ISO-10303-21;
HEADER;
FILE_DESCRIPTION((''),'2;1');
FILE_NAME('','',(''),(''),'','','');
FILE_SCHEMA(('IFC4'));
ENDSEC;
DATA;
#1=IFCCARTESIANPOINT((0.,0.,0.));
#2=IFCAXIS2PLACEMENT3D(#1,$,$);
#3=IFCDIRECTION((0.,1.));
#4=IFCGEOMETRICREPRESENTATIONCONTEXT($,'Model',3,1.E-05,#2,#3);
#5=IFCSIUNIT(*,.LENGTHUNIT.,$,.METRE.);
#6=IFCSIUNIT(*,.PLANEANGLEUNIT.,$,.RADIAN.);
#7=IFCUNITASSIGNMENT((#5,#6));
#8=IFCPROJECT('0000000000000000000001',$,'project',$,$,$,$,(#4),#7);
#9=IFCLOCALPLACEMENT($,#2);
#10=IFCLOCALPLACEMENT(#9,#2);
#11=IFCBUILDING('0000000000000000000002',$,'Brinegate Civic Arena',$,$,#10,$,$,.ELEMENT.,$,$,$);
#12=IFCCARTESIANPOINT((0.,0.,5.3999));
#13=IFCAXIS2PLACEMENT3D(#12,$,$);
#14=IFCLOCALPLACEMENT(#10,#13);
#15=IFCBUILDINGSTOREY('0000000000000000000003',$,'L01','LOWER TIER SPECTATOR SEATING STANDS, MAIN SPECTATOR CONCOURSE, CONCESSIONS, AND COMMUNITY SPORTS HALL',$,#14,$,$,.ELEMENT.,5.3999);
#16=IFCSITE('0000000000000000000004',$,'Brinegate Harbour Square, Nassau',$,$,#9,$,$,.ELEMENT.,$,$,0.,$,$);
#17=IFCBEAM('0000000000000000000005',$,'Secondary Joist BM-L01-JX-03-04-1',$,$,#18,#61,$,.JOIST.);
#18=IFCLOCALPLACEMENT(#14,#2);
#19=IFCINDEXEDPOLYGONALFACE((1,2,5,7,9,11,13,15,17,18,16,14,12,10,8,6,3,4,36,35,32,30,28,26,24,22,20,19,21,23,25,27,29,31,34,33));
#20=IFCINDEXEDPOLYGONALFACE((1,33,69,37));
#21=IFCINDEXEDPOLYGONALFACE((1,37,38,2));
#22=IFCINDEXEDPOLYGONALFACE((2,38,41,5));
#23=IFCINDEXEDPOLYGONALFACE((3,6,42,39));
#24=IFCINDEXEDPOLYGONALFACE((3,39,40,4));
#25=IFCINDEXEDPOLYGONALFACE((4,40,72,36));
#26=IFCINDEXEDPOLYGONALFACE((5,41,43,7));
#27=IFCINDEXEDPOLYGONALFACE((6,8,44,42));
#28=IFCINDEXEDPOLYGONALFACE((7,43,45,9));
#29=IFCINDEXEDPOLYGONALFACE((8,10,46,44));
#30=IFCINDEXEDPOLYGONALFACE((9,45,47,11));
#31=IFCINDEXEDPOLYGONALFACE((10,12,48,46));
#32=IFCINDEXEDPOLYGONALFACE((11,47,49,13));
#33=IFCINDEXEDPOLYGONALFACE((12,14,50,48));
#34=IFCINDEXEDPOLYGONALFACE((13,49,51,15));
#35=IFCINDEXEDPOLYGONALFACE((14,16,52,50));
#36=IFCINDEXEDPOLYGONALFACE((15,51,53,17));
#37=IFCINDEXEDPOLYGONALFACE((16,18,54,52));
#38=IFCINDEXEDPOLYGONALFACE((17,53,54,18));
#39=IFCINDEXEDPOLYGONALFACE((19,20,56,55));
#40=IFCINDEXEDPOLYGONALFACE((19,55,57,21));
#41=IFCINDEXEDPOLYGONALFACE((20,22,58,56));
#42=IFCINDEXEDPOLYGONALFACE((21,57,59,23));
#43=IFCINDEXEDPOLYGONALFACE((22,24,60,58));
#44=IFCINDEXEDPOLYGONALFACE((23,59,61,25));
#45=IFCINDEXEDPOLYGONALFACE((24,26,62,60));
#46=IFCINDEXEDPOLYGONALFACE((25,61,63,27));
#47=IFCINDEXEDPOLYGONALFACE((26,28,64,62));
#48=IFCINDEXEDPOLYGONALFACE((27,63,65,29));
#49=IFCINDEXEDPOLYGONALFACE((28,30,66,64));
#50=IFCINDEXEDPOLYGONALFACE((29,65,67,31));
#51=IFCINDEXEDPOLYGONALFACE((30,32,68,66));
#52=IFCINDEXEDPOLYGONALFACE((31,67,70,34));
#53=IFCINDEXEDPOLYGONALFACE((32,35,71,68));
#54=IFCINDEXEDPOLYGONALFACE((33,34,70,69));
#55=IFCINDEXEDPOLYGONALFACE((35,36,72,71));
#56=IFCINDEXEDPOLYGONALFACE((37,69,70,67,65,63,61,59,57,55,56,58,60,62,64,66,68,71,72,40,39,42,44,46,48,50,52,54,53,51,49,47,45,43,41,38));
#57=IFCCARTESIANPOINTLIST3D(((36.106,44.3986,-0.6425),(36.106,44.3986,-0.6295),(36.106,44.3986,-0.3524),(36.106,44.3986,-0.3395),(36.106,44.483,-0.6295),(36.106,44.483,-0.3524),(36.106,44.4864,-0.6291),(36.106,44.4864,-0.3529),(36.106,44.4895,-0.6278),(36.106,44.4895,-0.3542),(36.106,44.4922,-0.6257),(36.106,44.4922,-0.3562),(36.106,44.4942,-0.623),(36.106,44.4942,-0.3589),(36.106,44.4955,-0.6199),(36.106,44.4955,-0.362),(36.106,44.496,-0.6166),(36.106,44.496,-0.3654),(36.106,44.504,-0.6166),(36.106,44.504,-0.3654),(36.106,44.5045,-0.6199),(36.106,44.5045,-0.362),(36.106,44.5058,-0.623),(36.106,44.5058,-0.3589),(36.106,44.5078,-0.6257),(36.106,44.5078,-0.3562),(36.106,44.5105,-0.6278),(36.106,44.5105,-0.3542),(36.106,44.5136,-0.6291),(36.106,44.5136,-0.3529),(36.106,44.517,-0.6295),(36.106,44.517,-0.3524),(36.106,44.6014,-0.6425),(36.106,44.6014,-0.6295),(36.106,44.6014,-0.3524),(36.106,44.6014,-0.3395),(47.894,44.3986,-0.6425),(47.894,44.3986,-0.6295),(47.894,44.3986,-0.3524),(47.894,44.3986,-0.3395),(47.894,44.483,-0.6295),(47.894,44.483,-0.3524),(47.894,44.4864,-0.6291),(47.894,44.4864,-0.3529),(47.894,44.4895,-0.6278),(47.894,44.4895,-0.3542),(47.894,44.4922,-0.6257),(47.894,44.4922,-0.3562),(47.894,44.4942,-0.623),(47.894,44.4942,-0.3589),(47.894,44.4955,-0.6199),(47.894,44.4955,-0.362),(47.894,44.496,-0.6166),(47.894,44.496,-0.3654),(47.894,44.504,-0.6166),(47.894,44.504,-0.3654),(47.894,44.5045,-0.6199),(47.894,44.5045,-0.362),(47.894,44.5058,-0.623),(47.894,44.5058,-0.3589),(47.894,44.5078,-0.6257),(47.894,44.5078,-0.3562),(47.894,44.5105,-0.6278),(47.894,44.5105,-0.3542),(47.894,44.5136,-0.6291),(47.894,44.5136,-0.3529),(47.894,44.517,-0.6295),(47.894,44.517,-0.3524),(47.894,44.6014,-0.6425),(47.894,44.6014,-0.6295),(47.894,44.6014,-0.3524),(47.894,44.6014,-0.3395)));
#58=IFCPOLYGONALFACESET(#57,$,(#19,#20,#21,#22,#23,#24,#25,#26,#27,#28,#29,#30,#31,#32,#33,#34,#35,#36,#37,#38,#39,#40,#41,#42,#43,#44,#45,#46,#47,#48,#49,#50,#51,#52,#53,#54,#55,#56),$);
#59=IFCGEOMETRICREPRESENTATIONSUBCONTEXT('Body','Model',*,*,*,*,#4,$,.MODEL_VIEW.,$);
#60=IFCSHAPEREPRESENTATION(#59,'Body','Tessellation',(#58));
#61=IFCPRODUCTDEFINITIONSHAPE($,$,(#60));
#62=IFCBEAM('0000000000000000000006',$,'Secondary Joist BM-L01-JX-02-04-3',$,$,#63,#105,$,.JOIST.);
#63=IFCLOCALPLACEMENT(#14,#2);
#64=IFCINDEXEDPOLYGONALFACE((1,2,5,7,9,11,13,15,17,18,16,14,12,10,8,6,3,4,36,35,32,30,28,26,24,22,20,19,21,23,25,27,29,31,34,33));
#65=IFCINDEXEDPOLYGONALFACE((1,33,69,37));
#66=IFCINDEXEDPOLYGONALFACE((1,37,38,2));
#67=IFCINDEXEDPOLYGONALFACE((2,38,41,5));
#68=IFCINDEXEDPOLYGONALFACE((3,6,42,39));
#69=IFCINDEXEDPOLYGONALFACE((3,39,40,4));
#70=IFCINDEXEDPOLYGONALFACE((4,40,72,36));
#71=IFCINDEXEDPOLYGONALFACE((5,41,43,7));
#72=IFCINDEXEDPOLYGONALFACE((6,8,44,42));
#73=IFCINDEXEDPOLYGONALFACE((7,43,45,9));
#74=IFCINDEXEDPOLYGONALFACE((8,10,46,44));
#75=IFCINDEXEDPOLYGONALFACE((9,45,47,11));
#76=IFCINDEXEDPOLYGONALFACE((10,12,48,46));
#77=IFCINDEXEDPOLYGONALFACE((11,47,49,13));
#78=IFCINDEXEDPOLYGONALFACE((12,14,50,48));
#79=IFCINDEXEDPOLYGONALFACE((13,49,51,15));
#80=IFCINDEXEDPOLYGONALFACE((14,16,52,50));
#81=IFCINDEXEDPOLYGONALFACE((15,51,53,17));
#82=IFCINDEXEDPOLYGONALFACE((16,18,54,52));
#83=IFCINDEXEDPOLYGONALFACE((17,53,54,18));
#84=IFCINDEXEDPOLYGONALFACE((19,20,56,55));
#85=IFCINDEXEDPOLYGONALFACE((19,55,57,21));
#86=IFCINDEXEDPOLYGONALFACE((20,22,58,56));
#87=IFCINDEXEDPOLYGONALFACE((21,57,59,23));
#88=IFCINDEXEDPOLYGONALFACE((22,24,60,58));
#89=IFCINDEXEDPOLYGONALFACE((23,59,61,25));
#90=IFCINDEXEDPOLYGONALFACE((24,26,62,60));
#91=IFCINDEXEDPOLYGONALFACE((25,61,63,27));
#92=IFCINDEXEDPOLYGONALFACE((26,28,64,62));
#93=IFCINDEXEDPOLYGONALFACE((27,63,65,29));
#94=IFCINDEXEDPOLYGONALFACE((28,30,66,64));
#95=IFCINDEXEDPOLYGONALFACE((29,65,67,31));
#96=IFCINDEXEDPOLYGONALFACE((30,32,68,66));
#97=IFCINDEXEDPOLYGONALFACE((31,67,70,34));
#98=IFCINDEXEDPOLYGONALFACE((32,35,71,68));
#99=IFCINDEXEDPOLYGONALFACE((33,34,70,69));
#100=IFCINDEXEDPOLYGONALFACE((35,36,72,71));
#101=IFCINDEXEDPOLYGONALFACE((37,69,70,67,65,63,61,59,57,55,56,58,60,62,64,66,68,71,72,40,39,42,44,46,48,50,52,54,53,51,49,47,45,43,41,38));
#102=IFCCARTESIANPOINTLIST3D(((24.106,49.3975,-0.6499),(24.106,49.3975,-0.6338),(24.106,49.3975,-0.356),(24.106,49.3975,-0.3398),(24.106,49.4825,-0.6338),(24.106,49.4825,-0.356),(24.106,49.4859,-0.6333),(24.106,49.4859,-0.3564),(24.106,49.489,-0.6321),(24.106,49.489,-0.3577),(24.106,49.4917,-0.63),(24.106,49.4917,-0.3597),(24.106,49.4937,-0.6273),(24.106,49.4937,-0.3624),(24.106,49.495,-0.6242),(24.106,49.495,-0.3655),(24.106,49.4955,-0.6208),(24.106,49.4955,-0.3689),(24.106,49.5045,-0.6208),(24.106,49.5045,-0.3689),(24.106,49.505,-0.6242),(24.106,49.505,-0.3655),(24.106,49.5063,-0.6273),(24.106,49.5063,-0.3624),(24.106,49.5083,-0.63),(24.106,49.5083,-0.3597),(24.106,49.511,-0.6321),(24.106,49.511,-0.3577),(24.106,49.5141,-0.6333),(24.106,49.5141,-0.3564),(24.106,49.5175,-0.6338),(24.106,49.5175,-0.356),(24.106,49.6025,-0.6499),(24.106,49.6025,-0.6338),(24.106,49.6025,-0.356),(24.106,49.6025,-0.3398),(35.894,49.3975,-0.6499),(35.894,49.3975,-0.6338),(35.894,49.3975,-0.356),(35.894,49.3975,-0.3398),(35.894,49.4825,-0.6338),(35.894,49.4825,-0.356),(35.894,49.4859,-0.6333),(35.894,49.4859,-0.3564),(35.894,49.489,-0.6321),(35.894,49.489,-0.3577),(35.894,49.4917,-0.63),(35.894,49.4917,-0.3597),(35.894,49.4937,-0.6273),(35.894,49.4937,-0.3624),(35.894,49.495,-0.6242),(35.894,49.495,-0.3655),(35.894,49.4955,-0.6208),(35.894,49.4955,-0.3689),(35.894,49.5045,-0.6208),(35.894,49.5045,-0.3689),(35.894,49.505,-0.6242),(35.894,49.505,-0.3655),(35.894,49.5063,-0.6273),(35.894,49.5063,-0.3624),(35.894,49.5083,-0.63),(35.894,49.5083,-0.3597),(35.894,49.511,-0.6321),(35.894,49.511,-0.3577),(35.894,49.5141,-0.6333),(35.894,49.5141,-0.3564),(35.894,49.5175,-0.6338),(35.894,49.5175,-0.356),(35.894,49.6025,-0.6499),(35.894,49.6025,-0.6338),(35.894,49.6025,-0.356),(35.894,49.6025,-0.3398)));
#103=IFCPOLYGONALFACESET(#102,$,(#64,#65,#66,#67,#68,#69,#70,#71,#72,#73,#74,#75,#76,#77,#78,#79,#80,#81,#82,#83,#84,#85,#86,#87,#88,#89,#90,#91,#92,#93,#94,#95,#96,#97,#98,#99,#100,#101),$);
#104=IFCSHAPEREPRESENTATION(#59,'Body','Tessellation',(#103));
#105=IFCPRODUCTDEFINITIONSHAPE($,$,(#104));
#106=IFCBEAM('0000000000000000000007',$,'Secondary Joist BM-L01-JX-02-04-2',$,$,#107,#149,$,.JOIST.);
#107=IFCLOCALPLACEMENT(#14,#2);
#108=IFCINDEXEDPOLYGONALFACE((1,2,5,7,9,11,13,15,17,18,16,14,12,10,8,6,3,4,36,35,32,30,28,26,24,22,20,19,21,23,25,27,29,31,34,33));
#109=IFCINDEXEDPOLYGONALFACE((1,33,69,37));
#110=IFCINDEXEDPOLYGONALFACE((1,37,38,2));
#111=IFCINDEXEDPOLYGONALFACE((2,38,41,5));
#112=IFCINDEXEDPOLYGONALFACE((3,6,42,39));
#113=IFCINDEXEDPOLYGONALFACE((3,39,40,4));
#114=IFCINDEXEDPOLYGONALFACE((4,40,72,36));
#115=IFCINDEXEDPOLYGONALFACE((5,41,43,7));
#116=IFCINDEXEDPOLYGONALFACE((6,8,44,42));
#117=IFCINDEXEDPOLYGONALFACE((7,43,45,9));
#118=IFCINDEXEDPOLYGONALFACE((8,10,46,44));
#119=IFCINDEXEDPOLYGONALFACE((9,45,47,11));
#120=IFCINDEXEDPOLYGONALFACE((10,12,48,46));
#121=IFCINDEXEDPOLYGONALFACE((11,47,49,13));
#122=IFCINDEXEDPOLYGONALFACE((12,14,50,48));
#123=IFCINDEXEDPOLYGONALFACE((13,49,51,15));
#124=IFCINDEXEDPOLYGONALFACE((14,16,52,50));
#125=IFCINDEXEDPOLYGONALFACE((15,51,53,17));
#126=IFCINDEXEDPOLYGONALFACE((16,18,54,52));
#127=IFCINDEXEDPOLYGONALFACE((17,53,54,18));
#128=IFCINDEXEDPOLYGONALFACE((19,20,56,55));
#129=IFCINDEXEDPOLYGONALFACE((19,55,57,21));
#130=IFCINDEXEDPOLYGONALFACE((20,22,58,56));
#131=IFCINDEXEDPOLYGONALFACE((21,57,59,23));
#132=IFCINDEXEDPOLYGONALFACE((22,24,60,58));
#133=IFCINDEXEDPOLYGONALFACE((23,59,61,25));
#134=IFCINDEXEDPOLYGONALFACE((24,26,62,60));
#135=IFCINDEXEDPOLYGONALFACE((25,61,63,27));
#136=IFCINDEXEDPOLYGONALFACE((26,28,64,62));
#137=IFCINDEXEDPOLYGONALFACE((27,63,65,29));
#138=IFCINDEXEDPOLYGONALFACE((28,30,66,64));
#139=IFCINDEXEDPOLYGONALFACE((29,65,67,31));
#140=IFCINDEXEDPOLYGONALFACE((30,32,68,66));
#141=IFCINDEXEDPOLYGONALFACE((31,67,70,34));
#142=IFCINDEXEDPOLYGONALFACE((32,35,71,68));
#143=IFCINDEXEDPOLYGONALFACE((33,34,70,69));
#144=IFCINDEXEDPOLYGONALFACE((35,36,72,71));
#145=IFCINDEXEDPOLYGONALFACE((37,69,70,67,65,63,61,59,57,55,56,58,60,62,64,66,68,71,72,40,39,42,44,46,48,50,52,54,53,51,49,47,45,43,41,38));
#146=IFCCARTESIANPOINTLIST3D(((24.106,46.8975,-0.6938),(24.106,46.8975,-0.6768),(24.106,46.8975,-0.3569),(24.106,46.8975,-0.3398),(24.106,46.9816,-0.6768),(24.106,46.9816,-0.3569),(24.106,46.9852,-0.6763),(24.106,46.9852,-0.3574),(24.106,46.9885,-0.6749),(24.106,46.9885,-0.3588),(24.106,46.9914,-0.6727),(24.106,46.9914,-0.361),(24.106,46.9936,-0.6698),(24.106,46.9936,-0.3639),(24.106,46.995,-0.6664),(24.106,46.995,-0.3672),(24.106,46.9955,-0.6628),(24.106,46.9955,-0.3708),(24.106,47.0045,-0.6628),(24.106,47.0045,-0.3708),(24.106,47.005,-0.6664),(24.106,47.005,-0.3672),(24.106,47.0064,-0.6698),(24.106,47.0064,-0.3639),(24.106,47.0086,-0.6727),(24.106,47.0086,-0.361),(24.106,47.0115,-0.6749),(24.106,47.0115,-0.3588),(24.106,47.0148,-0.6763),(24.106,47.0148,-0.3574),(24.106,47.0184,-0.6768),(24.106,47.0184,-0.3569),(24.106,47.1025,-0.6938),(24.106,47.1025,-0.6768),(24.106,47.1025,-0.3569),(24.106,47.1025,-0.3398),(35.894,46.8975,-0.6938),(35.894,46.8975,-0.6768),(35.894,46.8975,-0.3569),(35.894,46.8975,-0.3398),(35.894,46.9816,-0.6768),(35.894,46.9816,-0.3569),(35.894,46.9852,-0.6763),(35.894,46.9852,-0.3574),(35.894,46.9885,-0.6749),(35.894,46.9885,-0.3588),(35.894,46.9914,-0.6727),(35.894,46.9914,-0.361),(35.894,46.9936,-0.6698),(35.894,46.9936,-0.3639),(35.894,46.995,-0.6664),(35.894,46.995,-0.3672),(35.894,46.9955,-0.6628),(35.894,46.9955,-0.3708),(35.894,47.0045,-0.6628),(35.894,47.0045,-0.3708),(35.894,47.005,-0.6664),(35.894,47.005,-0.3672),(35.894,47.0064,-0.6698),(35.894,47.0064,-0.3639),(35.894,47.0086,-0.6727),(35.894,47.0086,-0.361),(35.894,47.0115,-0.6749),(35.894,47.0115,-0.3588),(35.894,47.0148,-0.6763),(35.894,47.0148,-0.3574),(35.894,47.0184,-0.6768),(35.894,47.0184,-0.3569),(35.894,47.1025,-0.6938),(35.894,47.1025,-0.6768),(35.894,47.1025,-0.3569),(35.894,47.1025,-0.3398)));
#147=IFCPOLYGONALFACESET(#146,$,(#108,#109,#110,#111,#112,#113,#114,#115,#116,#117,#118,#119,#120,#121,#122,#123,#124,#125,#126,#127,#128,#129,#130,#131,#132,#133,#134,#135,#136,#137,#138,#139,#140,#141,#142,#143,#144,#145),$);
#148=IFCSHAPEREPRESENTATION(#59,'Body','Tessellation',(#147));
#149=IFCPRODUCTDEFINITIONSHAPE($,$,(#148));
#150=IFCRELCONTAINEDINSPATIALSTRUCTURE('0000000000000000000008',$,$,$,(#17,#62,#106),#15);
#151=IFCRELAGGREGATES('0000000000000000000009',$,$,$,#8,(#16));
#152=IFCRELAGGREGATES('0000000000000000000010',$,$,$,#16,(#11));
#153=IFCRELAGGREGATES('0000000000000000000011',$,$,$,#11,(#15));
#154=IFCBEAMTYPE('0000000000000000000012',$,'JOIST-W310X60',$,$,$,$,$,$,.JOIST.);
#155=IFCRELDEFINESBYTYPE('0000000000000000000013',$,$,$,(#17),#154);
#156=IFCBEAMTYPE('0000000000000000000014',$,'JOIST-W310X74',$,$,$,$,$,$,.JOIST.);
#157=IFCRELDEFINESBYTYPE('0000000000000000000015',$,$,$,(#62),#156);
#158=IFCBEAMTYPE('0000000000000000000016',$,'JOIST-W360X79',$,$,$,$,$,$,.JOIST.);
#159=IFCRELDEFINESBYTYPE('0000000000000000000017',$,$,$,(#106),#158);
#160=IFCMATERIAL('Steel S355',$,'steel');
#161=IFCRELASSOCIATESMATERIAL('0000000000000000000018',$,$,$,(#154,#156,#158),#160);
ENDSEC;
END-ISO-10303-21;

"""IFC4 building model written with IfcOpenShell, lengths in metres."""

from ifc_helpers import new_model, si_unit, direction, frame, origin, origin_2d, place, context, subcontext, project, spatial, i_section, extrude, material, material_profile, profile_set, type_object, element, save


model = new_model("IFC4")

# Units and contexts
model_context = context("Model", 3, precision=1e-05, world=origin(), true_north=direction((0.0, 1.0)))
body_context = subcontext(model_context, "Body", "Model", "MODEL_VIEW")
ifc_project = project(units=[si_unit("LENGTHUNIT", "METRE"), si_unit("PLANEANGLEUNIT", "RADIAN")], contexts=[model_context])

# Site, building, storey
site_placement = place(None, origin())
site = spatial("IfcSite", under=ifc_project, at=site_placement, Name="Brinegate Harbour Square, Nassau", CompositionType="ELEMENT", RefElevation=0.0)
building_placement = place(site_placement, origin())
building = spatial("IfcBuilding", under=site, at=building_placement, Name="Brinegate Civic Arena", CompositionType="ELEMENT")
storey_placement = place(building_placement, frame((0.0, 0.0, 5.3999)))
storey = spatial("IfcBuildingStorey", under=building, at=storey_placement, Name="L01", Description="LOWER TIER SPECTATOR SEATING STANDS, MAIN SPECTATOR CONCOURSE, CONCESSIONS, AND COMMUNITY SPORTS HALL", CompositionType="ELEMENT", Elevation=5.3999)

# Shared definitions
ifc_material_1 = material(Name="Steel S355", Category="steel")

# Beams
ifc_material_profile_1 = material_profile(ifc_material_1, i_section(OverallWidth=0.2029, OverallDepth=0.303, WebThickness=0.0081, FlangeThickness=0.0129, FilletRadius=0.0129, at=origin_2d()), Name="W310X60")
ifc_profile_set_1 = profile_set([ifc_material_profile_1], Name="Steel S355")
beam_type_1 = type_object("IfcBeamType", Name="JOIST-W310X60", PredefinedType="JOIST", material=ifc_profile_set_1)
beam_1_placement = place(storey_placement, frame((36.106, 44.5, -0.491), z_axis=(1.0, 0.0, 0.0), x_axis=(0.0, 1.0, 0.0)))
element("IfcBeam", 1, at=beam_1_placement, inside=storey, type_object=beam_type_1, Name="Secondary Joist BM-L01-JX-03-04-1", PredefinedType="JOIST", context=body_context, shape_type="SweptSolid", body=[
    extrude(i_section(OverallWidth=0.2029, OverallDepth=0.303, WebThickness=0.0081, FlangeThickness=0.0129, FilletRadius=0.0129, at=origin_2d()), origin(), (0.0, 0.0, 1.0), 11.7881),
])
ifc_material_profile_2 = material_profile(ifc_material_1, i_section(OverallWidth=0.2051, OverallDepth=0.3101, WebThickness=0.009, FlangeThickness=0.0161, FilletRadius=0.0129, at=origin_2d()), Name="W310X74")
ifc_profile_set_2 = profile_set([ifc_material_profile_2], Name="Steel S355")
beam_type_2 = type_object("IfcBeamType", Name="JOIST-W310X74", PredefinedType="JOIST", material=ifc_profile_set_2)
beam_2_placement = place(storey_placement, frame((24.106, 49.5, -0.4949), z_axis=(1.0, 0.0, 0.0), x_axis=(0.0, 1.0, 0.0)))
element("IfcBeam", 2, at=beam_2_placement, inside=storey, type_object=beam_type_2, Name="Secondary Joist BM-L01-JX-02-04-3", PredefinedType="JOIST", context=body_context, shape_type="SweptSolid", body=[
    extrude(i_section(OverallWidth=0.2051, OverallDepth=0.3101, WebThickness=0.009, FlangeThickness=0.0161, FilletRadius=0.0129, at=origin_2d()), origin(), (0.0, 0.0, 1.0), 11.7881),
])
ifc_material_profile_3 = material_profile(ifc_material_1, i_section(OverallWidth=0.2051, OverallDepth=0.354, WebThickness=0.009, FlangeThickness=0.0171, FilletRadius=0.0139, at=origin_2d()), Name="W360X79")
ifc_profile_set_3 = profile_set([ifc_material_profile_3], Name="Steel S355")
beam_type_3 = type_object("IfcBeamType", Name="JOIST-W360X79", PredefinedType="JOIST", material=ifc_profile_set_3)
beam_3_placement = place(storey_placement, frame((24.106, 47.0, -0.5168), z_axis=(1.0, 0.0, 0.0), x_axis=(0.0, 1.0, 0.0)))
element("IfcBeam", 3, at=beam_3_placement, inside=storey, type_object=beam_type_3, Name="Secondary Joist BM-L01-JX-02-04-2", PredefinedType="JOIST", context=body_context, shape_type="SweptSolid", body=[
    extrude(i_section(OverallWidth=0.2051, OverallDepth=0.354, WebThickness=0.009, FlangeThickness=0.0171, FilletRadius=0.0139, at=origin_2d()), origin(), (0.0, 0.0, 1.0), 11.7881),
])

save(model, "model.ifc")
